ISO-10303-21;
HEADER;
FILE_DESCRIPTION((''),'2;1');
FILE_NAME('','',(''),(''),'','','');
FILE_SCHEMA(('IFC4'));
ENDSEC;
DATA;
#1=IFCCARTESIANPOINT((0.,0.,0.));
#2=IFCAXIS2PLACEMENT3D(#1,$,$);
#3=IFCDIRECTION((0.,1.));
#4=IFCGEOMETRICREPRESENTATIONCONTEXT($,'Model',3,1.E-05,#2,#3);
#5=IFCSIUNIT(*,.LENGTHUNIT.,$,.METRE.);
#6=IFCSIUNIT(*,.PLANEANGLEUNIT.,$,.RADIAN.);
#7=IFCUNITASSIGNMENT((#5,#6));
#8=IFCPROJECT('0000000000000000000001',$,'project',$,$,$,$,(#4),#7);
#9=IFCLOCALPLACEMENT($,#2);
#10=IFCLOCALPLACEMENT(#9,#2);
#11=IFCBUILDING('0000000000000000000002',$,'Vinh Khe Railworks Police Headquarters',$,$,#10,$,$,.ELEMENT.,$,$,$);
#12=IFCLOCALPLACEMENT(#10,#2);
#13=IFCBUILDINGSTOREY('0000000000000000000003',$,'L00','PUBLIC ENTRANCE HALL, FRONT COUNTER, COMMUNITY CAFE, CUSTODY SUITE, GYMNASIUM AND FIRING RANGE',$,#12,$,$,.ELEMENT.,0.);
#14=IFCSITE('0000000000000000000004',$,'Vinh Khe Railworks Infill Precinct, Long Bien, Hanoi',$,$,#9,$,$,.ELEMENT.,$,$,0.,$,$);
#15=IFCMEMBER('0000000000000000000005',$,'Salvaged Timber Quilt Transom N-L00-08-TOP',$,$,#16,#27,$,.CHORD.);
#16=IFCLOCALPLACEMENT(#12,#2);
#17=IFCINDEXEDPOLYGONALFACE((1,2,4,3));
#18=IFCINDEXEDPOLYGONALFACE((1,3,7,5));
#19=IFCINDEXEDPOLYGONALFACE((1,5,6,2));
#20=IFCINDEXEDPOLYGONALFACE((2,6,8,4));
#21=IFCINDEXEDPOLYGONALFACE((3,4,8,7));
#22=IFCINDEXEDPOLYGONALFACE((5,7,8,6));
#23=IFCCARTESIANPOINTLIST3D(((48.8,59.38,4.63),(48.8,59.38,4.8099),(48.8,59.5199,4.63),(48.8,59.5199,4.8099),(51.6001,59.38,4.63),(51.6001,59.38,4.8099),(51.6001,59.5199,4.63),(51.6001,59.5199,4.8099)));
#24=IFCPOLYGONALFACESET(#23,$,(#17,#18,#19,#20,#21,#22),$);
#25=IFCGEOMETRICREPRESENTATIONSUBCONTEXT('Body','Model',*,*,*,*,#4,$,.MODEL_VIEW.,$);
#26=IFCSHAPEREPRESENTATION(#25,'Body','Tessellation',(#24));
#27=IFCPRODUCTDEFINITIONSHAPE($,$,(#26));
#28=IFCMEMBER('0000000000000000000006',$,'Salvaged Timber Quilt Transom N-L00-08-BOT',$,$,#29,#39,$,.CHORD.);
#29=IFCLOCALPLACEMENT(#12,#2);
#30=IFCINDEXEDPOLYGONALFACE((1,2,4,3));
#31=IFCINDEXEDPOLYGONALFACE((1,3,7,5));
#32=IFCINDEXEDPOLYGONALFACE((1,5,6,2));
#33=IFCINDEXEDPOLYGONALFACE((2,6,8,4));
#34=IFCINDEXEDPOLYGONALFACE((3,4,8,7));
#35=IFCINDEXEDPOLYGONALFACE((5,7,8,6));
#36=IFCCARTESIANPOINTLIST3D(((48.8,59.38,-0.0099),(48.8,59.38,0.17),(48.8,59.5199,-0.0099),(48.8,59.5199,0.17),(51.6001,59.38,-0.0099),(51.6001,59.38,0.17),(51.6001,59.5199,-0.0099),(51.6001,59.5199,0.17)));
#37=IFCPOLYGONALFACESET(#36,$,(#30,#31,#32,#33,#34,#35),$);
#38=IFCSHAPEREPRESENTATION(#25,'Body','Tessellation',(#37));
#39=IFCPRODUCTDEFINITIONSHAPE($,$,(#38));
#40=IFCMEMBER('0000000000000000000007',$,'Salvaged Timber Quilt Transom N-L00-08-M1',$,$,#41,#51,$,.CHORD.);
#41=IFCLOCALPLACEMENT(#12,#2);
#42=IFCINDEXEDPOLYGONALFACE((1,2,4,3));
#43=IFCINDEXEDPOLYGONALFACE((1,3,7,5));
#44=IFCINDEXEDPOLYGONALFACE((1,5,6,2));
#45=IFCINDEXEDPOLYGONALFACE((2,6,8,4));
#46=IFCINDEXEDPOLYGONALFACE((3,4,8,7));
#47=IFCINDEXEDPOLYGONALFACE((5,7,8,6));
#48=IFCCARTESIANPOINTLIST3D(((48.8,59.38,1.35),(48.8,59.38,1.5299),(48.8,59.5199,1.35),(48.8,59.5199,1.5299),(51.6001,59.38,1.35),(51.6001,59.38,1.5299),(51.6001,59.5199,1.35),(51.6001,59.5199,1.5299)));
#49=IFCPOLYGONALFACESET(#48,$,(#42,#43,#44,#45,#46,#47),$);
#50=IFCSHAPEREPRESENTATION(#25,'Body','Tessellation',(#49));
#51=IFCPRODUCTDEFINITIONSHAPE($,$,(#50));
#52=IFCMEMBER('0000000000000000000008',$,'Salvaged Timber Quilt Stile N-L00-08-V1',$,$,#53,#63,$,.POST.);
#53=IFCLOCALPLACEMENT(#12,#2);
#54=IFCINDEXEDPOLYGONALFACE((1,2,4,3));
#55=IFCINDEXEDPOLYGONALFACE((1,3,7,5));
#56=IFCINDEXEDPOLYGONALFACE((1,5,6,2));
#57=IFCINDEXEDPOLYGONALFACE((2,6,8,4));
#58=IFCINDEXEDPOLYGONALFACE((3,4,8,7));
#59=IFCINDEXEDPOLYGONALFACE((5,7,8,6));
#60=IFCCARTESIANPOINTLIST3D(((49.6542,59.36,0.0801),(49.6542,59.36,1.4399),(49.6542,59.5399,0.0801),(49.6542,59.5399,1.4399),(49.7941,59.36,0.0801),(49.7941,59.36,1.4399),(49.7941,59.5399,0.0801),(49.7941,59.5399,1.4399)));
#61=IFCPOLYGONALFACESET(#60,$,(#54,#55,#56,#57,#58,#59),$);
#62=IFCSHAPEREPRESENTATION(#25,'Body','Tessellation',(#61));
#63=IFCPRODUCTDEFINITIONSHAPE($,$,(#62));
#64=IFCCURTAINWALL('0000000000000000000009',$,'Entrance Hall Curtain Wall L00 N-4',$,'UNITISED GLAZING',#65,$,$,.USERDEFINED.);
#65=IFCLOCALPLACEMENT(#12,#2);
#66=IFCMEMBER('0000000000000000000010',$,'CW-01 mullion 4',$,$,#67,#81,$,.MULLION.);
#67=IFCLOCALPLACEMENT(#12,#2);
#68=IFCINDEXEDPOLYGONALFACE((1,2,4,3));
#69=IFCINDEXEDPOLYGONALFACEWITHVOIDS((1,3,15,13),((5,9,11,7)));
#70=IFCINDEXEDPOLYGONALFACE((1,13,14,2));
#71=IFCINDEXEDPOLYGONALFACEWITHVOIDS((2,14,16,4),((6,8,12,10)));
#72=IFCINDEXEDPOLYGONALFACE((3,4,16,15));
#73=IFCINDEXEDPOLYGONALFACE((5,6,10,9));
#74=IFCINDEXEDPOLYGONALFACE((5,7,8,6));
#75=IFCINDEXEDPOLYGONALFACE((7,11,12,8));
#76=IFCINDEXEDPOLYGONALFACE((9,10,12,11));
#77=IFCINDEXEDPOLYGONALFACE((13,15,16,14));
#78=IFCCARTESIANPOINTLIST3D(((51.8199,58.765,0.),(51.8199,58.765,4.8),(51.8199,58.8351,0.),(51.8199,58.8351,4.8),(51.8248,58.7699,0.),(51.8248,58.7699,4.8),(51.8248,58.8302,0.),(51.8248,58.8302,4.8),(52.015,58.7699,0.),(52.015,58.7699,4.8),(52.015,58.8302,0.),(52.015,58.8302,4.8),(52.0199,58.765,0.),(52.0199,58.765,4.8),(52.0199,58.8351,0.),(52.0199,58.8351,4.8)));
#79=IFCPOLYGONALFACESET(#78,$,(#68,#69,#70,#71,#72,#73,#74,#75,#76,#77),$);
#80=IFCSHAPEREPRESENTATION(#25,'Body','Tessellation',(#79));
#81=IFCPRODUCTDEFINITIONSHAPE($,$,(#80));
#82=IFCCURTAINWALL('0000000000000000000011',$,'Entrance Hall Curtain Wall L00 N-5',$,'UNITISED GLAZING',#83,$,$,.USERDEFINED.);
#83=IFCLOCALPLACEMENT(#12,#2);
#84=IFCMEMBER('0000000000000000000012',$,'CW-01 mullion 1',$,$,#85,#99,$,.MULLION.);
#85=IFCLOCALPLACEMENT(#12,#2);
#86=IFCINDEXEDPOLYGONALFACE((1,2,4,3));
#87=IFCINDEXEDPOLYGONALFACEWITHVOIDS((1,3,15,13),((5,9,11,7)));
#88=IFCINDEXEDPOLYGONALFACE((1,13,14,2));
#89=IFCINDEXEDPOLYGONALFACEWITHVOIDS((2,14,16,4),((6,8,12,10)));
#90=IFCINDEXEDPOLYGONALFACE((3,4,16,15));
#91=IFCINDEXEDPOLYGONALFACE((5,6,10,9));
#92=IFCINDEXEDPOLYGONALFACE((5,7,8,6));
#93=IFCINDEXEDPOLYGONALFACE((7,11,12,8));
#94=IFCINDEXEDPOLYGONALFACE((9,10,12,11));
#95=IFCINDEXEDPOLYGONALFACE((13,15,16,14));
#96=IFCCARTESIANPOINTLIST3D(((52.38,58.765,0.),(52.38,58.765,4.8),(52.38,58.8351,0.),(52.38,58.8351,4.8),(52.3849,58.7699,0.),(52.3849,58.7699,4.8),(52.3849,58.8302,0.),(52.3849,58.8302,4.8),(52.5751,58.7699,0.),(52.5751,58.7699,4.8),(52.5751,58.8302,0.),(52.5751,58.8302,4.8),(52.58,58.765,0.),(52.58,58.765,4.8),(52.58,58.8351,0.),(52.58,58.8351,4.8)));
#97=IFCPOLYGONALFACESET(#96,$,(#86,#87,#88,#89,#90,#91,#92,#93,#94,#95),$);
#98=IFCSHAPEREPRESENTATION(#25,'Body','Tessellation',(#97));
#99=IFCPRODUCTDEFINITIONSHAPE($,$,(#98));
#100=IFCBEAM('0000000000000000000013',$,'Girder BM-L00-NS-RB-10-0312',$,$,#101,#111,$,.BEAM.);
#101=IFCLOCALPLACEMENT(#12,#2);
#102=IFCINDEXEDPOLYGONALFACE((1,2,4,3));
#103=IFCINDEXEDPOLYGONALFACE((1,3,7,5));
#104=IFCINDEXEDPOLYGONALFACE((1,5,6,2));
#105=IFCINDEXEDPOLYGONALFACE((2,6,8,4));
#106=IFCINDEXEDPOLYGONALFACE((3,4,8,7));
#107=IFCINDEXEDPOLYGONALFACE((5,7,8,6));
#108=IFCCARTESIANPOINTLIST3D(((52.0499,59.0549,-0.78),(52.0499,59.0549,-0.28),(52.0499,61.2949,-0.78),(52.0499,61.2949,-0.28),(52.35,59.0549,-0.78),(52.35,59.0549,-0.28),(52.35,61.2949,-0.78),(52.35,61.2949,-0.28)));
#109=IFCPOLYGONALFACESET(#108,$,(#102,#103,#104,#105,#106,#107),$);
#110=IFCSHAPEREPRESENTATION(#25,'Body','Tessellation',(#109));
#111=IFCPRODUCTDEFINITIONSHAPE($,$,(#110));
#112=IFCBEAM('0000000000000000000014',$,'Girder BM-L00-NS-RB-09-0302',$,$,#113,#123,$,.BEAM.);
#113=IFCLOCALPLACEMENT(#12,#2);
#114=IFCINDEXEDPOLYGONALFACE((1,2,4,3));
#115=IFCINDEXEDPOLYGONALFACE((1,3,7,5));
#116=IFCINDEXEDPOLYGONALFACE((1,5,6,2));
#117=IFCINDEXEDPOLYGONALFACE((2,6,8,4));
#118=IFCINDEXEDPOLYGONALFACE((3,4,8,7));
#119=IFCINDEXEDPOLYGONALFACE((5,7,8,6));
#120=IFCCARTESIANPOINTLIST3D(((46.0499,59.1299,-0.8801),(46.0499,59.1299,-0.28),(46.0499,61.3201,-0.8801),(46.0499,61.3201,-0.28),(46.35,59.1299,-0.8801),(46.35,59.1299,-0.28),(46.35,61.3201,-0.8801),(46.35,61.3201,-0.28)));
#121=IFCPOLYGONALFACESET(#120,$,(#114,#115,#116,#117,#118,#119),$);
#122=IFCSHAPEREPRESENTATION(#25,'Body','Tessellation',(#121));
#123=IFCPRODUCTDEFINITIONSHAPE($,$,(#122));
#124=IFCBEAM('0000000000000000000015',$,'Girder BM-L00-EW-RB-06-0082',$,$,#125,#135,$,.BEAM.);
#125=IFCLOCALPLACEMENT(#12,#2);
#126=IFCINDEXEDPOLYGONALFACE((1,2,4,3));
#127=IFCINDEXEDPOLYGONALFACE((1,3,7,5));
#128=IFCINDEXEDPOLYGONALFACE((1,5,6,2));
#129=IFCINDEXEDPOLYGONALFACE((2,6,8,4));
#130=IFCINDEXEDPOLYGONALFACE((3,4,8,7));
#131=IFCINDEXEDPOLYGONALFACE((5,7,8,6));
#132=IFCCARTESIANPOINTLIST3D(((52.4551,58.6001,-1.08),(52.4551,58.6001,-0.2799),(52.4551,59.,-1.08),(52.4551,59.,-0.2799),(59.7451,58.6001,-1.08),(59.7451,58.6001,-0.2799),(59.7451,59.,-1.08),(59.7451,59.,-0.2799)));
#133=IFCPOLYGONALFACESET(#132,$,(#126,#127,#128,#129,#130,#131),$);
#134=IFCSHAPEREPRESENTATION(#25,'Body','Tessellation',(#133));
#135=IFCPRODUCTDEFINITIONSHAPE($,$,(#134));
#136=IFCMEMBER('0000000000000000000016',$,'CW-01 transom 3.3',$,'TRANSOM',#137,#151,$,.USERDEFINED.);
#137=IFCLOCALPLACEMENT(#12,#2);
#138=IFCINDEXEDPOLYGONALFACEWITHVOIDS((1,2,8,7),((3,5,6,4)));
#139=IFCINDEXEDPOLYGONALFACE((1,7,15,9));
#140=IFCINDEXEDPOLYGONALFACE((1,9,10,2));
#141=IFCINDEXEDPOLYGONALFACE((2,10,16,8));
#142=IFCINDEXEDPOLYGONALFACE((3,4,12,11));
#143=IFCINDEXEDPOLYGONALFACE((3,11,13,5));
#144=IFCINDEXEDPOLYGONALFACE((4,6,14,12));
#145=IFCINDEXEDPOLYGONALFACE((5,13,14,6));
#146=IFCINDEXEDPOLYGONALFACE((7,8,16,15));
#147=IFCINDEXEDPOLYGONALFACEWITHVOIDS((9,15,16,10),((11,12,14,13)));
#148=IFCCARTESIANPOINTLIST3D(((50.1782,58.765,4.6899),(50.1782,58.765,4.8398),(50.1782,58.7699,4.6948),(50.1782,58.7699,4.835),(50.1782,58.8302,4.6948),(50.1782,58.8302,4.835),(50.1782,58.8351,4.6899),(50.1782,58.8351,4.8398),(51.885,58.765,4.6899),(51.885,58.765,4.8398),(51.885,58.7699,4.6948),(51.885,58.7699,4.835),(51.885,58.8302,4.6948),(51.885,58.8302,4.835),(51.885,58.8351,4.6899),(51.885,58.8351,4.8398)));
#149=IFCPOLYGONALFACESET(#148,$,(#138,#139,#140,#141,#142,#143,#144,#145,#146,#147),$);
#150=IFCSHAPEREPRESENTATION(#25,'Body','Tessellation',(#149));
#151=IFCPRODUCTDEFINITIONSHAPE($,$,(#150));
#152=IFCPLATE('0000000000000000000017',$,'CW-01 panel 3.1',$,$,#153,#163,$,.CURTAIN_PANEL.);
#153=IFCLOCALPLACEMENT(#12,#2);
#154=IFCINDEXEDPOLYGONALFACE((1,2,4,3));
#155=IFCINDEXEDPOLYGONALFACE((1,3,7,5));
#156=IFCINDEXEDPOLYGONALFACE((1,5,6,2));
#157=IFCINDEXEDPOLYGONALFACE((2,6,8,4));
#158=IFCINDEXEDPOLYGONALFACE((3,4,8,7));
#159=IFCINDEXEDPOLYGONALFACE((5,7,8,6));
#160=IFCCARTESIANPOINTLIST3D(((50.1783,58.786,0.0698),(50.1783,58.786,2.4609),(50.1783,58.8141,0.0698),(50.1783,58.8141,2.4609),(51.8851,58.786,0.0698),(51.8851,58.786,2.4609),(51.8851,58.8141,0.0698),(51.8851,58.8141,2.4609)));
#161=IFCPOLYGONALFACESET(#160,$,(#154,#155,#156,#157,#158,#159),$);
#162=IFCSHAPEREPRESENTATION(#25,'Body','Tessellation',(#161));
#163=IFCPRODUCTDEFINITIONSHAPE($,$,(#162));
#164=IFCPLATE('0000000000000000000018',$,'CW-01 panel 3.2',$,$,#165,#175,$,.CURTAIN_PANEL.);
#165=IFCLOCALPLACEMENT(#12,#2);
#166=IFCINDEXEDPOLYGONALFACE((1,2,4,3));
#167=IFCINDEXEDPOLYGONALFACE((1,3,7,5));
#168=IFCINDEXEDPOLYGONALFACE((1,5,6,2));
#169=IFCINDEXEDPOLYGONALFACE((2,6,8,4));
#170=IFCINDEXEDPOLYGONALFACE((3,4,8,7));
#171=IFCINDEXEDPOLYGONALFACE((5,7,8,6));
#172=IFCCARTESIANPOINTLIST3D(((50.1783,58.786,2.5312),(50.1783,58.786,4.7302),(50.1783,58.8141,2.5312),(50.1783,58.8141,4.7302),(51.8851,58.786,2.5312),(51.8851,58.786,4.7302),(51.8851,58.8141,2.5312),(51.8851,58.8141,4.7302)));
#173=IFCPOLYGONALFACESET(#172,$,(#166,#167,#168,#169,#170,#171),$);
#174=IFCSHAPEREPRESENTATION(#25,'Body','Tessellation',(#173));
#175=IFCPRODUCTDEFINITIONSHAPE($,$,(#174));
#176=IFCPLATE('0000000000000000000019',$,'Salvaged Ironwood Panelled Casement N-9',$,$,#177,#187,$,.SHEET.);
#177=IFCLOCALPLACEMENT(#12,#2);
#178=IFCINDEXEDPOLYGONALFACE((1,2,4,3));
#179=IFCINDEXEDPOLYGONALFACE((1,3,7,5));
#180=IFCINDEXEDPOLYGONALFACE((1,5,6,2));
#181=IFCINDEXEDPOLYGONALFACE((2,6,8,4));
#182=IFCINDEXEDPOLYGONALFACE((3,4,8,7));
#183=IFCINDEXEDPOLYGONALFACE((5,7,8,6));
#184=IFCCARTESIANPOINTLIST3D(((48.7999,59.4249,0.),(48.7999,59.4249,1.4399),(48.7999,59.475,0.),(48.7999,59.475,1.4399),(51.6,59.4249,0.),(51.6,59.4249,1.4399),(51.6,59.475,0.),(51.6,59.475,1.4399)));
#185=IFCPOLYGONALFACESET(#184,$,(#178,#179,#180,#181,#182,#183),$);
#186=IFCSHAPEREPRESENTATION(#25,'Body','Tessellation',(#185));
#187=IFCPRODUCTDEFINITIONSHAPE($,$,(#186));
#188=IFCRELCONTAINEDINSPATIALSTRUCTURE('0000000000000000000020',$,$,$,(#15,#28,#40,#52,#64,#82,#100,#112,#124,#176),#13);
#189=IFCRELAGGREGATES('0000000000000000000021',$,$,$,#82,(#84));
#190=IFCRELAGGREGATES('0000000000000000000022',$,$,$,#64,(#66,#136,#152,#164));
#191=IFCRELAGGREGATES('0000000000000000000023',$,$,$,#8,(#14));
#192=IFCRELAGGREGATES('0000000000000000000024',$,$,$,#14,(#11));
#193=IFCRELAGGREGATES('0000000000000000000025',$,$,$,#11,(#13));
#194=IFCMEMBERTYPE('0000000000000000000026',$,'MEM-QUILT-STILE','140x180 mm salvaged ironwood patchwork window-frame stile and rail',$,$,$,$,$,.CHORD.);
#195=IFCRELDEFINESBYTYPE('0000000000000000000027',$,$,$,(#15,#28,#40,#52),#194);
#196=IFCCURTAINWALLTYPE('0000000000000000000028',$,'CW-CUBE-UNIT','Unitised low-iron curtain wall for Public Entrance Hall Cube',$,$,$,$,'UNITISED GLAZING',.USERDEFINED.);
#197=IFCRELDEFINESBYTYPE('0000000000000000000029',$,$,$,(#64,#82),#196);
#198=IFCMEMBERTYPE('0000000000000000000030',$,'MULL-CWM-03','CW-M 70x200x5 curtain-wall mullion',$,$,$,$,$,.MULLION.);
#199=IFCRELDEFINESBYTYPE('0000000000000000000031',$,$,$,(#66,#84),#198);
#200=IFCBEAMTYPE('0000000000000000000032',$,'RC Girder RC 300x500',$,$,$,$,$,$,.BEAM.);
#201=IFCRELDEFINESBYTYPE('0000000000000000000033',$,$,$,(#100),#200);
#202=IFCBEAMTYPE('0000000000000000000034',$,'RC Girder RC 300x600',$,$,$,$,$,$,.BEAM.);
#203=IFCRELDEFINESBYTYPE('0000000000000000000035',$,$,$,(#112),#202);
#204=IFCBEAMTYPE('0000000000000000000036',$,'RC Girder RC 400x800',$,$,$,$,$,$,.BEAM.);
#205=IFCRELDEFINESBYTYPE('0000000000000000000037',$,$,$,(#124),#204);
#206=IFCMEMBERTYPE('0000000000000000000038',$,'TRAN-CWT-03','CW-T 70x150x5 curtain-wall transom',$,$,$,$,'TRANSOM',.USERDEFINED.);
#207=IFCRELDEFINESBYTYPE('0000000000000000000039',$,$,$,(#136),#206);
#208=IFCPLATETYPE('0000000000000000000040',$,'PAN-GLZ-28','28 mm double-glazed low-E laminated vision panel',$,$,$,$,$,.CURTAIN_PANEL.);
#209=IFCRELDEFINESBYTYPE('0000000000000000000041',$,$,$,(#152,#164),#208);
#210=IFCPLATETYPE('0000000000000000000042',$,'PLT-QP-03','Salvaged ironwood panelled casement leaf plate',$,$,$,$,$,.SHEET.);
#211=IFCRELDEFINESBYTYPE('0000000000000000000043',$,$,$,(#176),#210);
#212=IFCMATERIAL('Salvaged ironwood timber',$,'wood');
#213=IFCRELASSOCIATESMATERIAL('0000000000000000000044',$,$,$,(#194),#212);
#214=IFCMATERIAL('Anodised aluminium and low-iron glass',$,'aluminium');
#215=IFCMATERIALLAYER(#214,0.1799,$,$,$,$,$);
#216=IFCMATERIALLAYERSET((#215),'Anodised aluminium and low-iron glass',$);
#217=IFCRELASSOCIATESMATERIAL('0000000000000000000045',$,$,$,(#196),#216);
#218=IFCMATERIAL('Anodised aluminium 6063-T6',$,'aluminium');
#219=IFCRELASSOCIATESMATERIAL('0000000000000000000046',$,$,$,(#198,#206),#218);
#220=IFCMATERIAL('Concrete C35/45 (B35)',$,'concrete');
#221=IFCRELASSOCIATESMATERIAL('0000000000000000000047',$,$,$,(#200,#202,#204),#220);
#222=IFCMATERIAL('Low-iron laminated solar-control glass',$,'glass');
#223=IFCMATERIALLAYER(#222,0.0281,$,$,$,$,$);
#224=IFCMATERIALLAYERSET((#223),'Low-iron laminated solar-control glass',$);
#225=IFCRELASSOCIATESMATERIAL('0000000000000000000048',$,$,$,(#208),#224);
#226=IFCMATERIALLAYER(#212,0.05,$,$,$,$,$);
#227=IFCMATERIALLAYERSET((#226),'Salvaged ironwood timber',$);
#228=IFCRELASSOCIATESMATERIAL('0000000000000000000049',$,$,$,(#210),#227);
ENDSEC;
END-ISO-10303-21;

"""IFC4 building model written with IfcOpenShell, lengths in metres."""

from ifc_helpers import new_model, si_unit, direction, frame, origin, origin_2d, place, context, subcontext, project, spatial, rectangle, hollow_rectangle, extrude, material, layer, layer_set, material_profile, profile_set, type_object, element, aggregate, save


model = new_model("IFC4")

# Units and contexts
model_context = context("Model", 3, precision=1e-05, world=origin(), true_north=direction((0.0, 1.0)))
body_context = subcontext(model_context, "Body", "Model", "MODEL_VIEW")
ifc_project = project(units=[si_unit("LENGTHUNIT", "METRE"), si_unit("PLANEANGLEUNIT", "RADIAN")], contexts=[model_context])

# Site, building, storey
site_placement = place(None, origin())
site = spatial("IfcSite", under=ifc_project, at=site_placement, Name="Vinh Khe Railworks Infill Precinct, Long Bien, Hanoi", CompositionType="ELEMENT", RefElevation=0.0)
building_placement = place(site_placement, origin())
building = spatial("IfcBuilding", under=site, at=building_placement, Name="Vinh Khe Railworks Police Headquarters", CompositionType="ELEMENT")
storey_placement = place(building_placement, origin())
storey = spatial("IfcBuildingStorey", under=building, at=storey_placement, Name="L00", Description="PUBLIC ENTRANCE HALL, FRONT COUNTER, COMMUNITY CAFE, CUSTODY SUITE, GYMNASIUM AND FIRING RANGE", CompositionType="ELEMENT", Elevation=0.0)

# Members
ifc_material_1 = material(Name="Salvaged ironwood timber", Category="wood")
ifc_material_profile_1 = material_profile(ifc_material_1, rectangle(XDim=0.1399, YDim=0.1799, at=origin_2d()), Name="TIMBER 140x180")
ifc_profile_set_1 = profile_set([ifc_material_profile_1], Name="Salvaged ironwood timber")
member_type_1 = type_object("IfcMemberType", Name="MEM-QUILT-STILE", Description="140x180 mm salvaged ironwood patchwork window-frame stile and rail", PredefinedType="CHORD", material=ifc_profile_set_1)
for number, where, z_axis, x_axis, name in (
    (1, (48.8, 59.45, 4.72), (1.0, 0.0, 0.0), (0.0, 1.0, 0.0), "Salvaged Timber Quilt Transom N-L00-08-TOP"),
    (2, (48.8, 59.45, 0.0801), (1.0, 0.0, 0.0), (0.0, 1.0, 0.0), "Salvaged Timber Quilt Transom N-L00-08-BOT"),
    (3, (48.8, 59.45, 1.4399), (1.0, 0.0, 0.0), (0.0, 1.0, 0.0), "Salvaged Timber Quilt Transom N-L00-08-M1"),
):
    element("IfcMember", number, at=place(storey_placement, frame(where, z_axis=z_axis, x_axis=x_axis)), inside=storey, type_object=member_type_1, Name=name, PredefinedType="CHORD", context=body_context, shape_type="SweptSolid", body=[
        extrude(rectangle(XDim=0.1399, YDim=0.1799, at=origin_2d()), origin(), (0.0, 0.0, 1.0), 2.8),
    ])
member_1_placement = place(storey_placement, frame((49.7241, 59.45, 0.0801), z_axis=(0.0, 0.0, 1.0), x_axis=(1.0, 0.0, 0.0)))
element("IfcMember", 4, at=member_1_placement, inside=storey, type_object=member_type_1, Name="Salvaged Timber Quilt Stile N-L00-08-V1", PredefinedType="POST", context=body_context, shape_type="SweptSolid", body=[
    extrude(rectangle(XDim=0.1399, YDim=0.1799, at=origin_2d()), origin(), (0.0, 0.0, 1.0), 1.3599),
])

# Curtain walls, members
ifc_material_2 = material(Name="Anodised aluminium and low-iron glass", Category="aluminium")
ifc_layer_1 = layer(ifc_material_2, 0.1799)
ifc_layer_set_1 = layer_set([ifc_layer_1], Name="Anodised aluminium and low-iron glass")
curtain_wall_type = type_object("IfcCurtainWallType", Name="CW-CUBE-UNIT", Description="Unitised low-iron curtain wall for Public Entrance Hall Cube", ElementType="UNITISED GLAZING", PredefinedType="USERDEFINED", material=ifc_layer_set_1)
curtain_wall_1_placement = place(storey_placement, origin())
curtain_wall_1 = element("IfcCurtainWall", 5, at=curtain_wall_1_placement, inside=storey, type_object=curtain_wall_type, Name="Entrance Hall Curtain Wall L00 N-4", ObjectType="UNITISED GLAZING", PredefinedType="USERDEFINED")
ifc_material_3 = material(Name="Anodised aluminium 6063-T6", Category="aluminium")
ifc_material_profile_2 = material_profile(ifc_material_3, hollow_rectangle(XDim=0.0701, YDim=0.2, WallThickness=0.0049, at=origin_2d()), Name="CW-M 70x200x5")
ifc_profile_set_2 = profile_set([ifc_material_profile_2], Name="Anodised aluminium 6063-T6")
member_type_2 = type_object("IfcMemberType", Name="MULL-CWM-03", Description="CW-M 70x200x5 curtain-wall mullion", PredefinedType="MULLION", material=ifc_profile_set_2)
member_2_placement = place(storey_placement, frame((51.9199, 58.8, 0.0), z_axis=(0.0, 0.0, 1.0), x_axis=(0.0, 1.0, 0.0)))
member_2 = element("IfcMember", 6, at=member_2_placement, type_object=member_type_2, Name="CW-01 mullion 4", PredefinedType="MULLION", context=body_context, shape_type="SweptSolid", body=[
    extrude(hollow_rectangle(XDim=0.0701, YDim=0.2, WallThickness=0.0049, at=origin_2d()), origin(), (0.0, 0.0, 1.0), 4.8),
])
curtain_wall_2_placement = place(storey_placement, origin())
curtain_wall_2 = element("IfcCurtainWall", 7, at=curtain_wall_2_placement, inside=storey, type_object=curtain_wall_type, Name="Entrance Hall Curtain Wall L00 N-5", ObjectType="UNITISED GLAZING", PredefinedType="USERDEFINED")
member_3_placement = place(storey_placement, frame((52.48, 58.8, 0.0), z_axis=(0.0, 0.0, 1.0), x_axis=(0.0, 1.0, 0.0)))
member_3 = element("IfcMember", 8, at=member_3_placement, type_object=member_type_2, Name="CW-01 mullion 1", PredefinedType="MULLION", context=body_context, shape_type="SweptSolid", body=[
    extrude(hollow_rectangle(XDim=0.0701, YDim=0.2, WallThickness=0.0049, at=origin_2d()), origin(), (0.0, 0.0, 1.0), 4.8),
])
aggregate(curtain_wall_2, [member_3])

# Beams
ifc_material_4 = material(Name="Concrete C35/45 (B35)", Category="concrete")
ifc_material_profile_3 = material_profile(ifc_material_4, rectangle(XDim=0.3, YDim=0.5, at=origin_2d()), Name="RC 300x500")
ifc_profile_set_3 = profile_set([ifc_material_profile_3], Name="Concrete C35/45 (B35)")
beam_type_1 = type_object("IfcBeamType", Name="RC Girder RC 300x500", PredefinedType="BEAM", material=ifc_profile_set_3)
beam_1_placement = place(storey_placement, frame((52.2, 59.0549, -0.53), z_axis=(0.0, 1.0, 0.0), x_axis=(-1.0, 0.0, 0.0)))
element("IfcBeam", 9, at=beam_1_placement, inside=storey, type_object=beam_type_1, Name="Girder BM-L00-NS-RB-10-0312", PredefinedType="BEAM", context=body_context, shape_type="SweptSolid", body=[
    extrude(rectangle(XDim=0.3, YDim=0.5, at=origin_2d()), origin(), (0.0, 0.0, 1.0), 2.24),
])
ifc_material_profile_4 = material_profile(ifc_material_4, rectangle(XDim=0.3, YDim=0.6001, at=origin_2d()), Name="RC 300x600")
ifc_profile_set_4 = profile_set([ifc_material_profile_4], Name="Concrete C35/45 (B35)")
beam_type_2 = type_object("IfcBeamType", Name="RC Girder RC 300x600", PredefinedType="BEAM", material=ifc_profile_set_4)
beam_2_placement = place(storey_placement, frame((46.2, 59.1299, -0.5801), z_axis=(0.0, 1.0, 0.0), x_axis=(-1.0, 0.0, 0.0)))
element("IfcBeam", 10, at=beam_2_placement, inside=storey, type_object=beam_type_2, Name="Girder BM-L00-NS-RB-09-0302", PredefinedType="BEAM", context=body_context, shape_type="SweptSolid", body=[
    extrude(rectangle(XDim=0.3, YDim=0.6001, at=origin_2d()), origin(), (0.0, 0.0, 1.0), 2.1902),
])
ifc_material_profile_5 = material_profile(ifc_material_4, rectangle(XDim=0.3999, YDim=0.8, at=origin_2d()), Name="RC 400x800")
ifc_profile_set_5 = profile_set([ifc_material_profile_5], Name="Concrete C35/45 (B35)")
beam_type_3 = type_object("IfcBeamType", Name="RC Girder RC 400x800", PredefinedType="BEAM", material=ifc_profile_set_5)
beam_3_placement = place(storey_placement, frame((52.4551, 58.8, -0.6799), z_axis=(1.0, 0.0, 0.0), x_axis=(0.0, 1.0, 0.0)))
element("IfcBeam", 11, at=beam_3_placement, inside=storey, type_object=beam_type_3, Name="Girder BM-L00-EW-RB-06-0082", PredefinedType="BEAM", context=body_context, shape_type="SweptSolid", body=[
    extrude(rectangle(XDim=0.3999, YDim=0.8, at=origin_2d()), origin(), (0.0, 0.0, 1.0), 7.29),
])

# Member
ifc_material_profile_6 = material_profile(ifc_material_3, hollow_rectangle(XDim=0.0701, YDim=0.1499, WallThickness=0.0049, at=origin_2d()), Name="CW-T 70x150x5")
ifc_profile_set_6 = profile_set([ifc_material_profile_6], Name="Anodised aluminium 6063-T6")
member_type_3 = type_object("IfcMemberType", Name="TRAN-CWT-03", Description="CW-T 70x150x5 curtain-wall transom", ElementType="TRANSOM", PredefinedType="USERDEFINED", material=ifc_profile_set_6)
member_4_placement = place(storey_placement, frame((50.1782, 58.8, 4.7649), z_axis=(1.0, 0.0, 0.0), x_axis=(0.0, 1.0, 0.0)))
member_4 = element("IfcMember", 12, at=member_4_placement, type_object=member_type_3, Name="CW-01 transom 3.3", ObjectType="TRANSOM", PredefinedType="USERDEFINED", context=body_context, shape_type="SweptSolid", body=[
    extrude(hollow_rectangle(XDim=0.0701, YDim=0.1499, WallThickness=0.0049, at=origin_2d()), origin(), (0.0, 0.0, 1.0), 1.7068),
])

# Plates
ifc_material_5 = material(Name="Low-iron laminated solar-control glass", Category="glass")
ifc_layer_2 = layer(ifc_material_5, 0.0281)
ifc_layer_set_2 = layer_set([ifc_layer_2], Name="Low-iron laminated solar-control glass")
plate_type_1 = type_object("IfcPlateType", Name="PAN-GLZ-28", Description="28 mm double-glazed low-E laminated vision panel", PredefinedType="CURTAIN_PANEL", material=ifc_layer_set_2)
plate_1_placement = place(storey_placement, frame((51.0317, 58.8, 0.0698), z_axis=(0.0, 0.0, 1.0), x_axis=(1.0, 0.0, 0.0)))
plate_1 = element("IfcPlate", 13, at=plate_1_placement, type_object=plate_type_1, Name="CW-01 panel 3.1", PredefinedType="CURTAIN_PANEL", context=body_context, shape_type="SweptSolid", body=[
    extrude(rectangle(XDim=1.7068, YDim=0.0281, at=origin_2d()), origin(), (0.0, 0.0, 1.0), 2.3911),
])
plate_2_placement = place(storey_placement, frame((51.0317, 58.8, 2.5312), z_axis=(0.0, 0.0, 1.0), x_axis=(1.0, 0.0, 0.0)))
plate_2 = element("IfcPlate", 14, at=plate_2_placement, type_object=plate_type_1, Name="CW-01 panel 3.2", PredefinedType="CURTAIN_PANEL", context=body_context, shape_type="SweptSolid", body=[
    extrude(rectangle(XDim=1.7068, YDim=0.0281, at=origin_2d()), origin(), (0.0, 0.0, 1.0), 2.199),
])
aggregate(curtain_wall_1, [member_2, member_4, plate_1, plate_2])
ifc_layer_3 = layer(ifc_material_1, 0.05)
ifc_layer_set_3 = layer_set([ifc_layer_3], Name="Salvaged ironwood timber")
plate_type_2 = type_object("IfcPlateType", Name="PLT-QP-03", Description="Salvaged ironwood panelled casement leaf plate", PredefinedType="SHEET", material=ifc_layer_set_3)
plate_3_placement = place(storey_placement, frame((50.2, 59.45, 0.0), z_axis=(0.0, 0.0, 1.0), x_axis=(1.0, 0.0, 0.0)))
element("IfcPlate", 15, at=plate_3_placement, inside=storey, type_object=plate_type_2, Name="Salvaged Ironwood Panelled Casement N-9", PredefinedType="SHEET", context=body_context, shape_type="SweptSolid", body=[
    extrude(rectangle(XDim=2.8, YDim=0.05, at=origin_2d()), origin(), (0.0, 0.0, 1.0), 1.4399),
])

save(model, "model.ifc")
